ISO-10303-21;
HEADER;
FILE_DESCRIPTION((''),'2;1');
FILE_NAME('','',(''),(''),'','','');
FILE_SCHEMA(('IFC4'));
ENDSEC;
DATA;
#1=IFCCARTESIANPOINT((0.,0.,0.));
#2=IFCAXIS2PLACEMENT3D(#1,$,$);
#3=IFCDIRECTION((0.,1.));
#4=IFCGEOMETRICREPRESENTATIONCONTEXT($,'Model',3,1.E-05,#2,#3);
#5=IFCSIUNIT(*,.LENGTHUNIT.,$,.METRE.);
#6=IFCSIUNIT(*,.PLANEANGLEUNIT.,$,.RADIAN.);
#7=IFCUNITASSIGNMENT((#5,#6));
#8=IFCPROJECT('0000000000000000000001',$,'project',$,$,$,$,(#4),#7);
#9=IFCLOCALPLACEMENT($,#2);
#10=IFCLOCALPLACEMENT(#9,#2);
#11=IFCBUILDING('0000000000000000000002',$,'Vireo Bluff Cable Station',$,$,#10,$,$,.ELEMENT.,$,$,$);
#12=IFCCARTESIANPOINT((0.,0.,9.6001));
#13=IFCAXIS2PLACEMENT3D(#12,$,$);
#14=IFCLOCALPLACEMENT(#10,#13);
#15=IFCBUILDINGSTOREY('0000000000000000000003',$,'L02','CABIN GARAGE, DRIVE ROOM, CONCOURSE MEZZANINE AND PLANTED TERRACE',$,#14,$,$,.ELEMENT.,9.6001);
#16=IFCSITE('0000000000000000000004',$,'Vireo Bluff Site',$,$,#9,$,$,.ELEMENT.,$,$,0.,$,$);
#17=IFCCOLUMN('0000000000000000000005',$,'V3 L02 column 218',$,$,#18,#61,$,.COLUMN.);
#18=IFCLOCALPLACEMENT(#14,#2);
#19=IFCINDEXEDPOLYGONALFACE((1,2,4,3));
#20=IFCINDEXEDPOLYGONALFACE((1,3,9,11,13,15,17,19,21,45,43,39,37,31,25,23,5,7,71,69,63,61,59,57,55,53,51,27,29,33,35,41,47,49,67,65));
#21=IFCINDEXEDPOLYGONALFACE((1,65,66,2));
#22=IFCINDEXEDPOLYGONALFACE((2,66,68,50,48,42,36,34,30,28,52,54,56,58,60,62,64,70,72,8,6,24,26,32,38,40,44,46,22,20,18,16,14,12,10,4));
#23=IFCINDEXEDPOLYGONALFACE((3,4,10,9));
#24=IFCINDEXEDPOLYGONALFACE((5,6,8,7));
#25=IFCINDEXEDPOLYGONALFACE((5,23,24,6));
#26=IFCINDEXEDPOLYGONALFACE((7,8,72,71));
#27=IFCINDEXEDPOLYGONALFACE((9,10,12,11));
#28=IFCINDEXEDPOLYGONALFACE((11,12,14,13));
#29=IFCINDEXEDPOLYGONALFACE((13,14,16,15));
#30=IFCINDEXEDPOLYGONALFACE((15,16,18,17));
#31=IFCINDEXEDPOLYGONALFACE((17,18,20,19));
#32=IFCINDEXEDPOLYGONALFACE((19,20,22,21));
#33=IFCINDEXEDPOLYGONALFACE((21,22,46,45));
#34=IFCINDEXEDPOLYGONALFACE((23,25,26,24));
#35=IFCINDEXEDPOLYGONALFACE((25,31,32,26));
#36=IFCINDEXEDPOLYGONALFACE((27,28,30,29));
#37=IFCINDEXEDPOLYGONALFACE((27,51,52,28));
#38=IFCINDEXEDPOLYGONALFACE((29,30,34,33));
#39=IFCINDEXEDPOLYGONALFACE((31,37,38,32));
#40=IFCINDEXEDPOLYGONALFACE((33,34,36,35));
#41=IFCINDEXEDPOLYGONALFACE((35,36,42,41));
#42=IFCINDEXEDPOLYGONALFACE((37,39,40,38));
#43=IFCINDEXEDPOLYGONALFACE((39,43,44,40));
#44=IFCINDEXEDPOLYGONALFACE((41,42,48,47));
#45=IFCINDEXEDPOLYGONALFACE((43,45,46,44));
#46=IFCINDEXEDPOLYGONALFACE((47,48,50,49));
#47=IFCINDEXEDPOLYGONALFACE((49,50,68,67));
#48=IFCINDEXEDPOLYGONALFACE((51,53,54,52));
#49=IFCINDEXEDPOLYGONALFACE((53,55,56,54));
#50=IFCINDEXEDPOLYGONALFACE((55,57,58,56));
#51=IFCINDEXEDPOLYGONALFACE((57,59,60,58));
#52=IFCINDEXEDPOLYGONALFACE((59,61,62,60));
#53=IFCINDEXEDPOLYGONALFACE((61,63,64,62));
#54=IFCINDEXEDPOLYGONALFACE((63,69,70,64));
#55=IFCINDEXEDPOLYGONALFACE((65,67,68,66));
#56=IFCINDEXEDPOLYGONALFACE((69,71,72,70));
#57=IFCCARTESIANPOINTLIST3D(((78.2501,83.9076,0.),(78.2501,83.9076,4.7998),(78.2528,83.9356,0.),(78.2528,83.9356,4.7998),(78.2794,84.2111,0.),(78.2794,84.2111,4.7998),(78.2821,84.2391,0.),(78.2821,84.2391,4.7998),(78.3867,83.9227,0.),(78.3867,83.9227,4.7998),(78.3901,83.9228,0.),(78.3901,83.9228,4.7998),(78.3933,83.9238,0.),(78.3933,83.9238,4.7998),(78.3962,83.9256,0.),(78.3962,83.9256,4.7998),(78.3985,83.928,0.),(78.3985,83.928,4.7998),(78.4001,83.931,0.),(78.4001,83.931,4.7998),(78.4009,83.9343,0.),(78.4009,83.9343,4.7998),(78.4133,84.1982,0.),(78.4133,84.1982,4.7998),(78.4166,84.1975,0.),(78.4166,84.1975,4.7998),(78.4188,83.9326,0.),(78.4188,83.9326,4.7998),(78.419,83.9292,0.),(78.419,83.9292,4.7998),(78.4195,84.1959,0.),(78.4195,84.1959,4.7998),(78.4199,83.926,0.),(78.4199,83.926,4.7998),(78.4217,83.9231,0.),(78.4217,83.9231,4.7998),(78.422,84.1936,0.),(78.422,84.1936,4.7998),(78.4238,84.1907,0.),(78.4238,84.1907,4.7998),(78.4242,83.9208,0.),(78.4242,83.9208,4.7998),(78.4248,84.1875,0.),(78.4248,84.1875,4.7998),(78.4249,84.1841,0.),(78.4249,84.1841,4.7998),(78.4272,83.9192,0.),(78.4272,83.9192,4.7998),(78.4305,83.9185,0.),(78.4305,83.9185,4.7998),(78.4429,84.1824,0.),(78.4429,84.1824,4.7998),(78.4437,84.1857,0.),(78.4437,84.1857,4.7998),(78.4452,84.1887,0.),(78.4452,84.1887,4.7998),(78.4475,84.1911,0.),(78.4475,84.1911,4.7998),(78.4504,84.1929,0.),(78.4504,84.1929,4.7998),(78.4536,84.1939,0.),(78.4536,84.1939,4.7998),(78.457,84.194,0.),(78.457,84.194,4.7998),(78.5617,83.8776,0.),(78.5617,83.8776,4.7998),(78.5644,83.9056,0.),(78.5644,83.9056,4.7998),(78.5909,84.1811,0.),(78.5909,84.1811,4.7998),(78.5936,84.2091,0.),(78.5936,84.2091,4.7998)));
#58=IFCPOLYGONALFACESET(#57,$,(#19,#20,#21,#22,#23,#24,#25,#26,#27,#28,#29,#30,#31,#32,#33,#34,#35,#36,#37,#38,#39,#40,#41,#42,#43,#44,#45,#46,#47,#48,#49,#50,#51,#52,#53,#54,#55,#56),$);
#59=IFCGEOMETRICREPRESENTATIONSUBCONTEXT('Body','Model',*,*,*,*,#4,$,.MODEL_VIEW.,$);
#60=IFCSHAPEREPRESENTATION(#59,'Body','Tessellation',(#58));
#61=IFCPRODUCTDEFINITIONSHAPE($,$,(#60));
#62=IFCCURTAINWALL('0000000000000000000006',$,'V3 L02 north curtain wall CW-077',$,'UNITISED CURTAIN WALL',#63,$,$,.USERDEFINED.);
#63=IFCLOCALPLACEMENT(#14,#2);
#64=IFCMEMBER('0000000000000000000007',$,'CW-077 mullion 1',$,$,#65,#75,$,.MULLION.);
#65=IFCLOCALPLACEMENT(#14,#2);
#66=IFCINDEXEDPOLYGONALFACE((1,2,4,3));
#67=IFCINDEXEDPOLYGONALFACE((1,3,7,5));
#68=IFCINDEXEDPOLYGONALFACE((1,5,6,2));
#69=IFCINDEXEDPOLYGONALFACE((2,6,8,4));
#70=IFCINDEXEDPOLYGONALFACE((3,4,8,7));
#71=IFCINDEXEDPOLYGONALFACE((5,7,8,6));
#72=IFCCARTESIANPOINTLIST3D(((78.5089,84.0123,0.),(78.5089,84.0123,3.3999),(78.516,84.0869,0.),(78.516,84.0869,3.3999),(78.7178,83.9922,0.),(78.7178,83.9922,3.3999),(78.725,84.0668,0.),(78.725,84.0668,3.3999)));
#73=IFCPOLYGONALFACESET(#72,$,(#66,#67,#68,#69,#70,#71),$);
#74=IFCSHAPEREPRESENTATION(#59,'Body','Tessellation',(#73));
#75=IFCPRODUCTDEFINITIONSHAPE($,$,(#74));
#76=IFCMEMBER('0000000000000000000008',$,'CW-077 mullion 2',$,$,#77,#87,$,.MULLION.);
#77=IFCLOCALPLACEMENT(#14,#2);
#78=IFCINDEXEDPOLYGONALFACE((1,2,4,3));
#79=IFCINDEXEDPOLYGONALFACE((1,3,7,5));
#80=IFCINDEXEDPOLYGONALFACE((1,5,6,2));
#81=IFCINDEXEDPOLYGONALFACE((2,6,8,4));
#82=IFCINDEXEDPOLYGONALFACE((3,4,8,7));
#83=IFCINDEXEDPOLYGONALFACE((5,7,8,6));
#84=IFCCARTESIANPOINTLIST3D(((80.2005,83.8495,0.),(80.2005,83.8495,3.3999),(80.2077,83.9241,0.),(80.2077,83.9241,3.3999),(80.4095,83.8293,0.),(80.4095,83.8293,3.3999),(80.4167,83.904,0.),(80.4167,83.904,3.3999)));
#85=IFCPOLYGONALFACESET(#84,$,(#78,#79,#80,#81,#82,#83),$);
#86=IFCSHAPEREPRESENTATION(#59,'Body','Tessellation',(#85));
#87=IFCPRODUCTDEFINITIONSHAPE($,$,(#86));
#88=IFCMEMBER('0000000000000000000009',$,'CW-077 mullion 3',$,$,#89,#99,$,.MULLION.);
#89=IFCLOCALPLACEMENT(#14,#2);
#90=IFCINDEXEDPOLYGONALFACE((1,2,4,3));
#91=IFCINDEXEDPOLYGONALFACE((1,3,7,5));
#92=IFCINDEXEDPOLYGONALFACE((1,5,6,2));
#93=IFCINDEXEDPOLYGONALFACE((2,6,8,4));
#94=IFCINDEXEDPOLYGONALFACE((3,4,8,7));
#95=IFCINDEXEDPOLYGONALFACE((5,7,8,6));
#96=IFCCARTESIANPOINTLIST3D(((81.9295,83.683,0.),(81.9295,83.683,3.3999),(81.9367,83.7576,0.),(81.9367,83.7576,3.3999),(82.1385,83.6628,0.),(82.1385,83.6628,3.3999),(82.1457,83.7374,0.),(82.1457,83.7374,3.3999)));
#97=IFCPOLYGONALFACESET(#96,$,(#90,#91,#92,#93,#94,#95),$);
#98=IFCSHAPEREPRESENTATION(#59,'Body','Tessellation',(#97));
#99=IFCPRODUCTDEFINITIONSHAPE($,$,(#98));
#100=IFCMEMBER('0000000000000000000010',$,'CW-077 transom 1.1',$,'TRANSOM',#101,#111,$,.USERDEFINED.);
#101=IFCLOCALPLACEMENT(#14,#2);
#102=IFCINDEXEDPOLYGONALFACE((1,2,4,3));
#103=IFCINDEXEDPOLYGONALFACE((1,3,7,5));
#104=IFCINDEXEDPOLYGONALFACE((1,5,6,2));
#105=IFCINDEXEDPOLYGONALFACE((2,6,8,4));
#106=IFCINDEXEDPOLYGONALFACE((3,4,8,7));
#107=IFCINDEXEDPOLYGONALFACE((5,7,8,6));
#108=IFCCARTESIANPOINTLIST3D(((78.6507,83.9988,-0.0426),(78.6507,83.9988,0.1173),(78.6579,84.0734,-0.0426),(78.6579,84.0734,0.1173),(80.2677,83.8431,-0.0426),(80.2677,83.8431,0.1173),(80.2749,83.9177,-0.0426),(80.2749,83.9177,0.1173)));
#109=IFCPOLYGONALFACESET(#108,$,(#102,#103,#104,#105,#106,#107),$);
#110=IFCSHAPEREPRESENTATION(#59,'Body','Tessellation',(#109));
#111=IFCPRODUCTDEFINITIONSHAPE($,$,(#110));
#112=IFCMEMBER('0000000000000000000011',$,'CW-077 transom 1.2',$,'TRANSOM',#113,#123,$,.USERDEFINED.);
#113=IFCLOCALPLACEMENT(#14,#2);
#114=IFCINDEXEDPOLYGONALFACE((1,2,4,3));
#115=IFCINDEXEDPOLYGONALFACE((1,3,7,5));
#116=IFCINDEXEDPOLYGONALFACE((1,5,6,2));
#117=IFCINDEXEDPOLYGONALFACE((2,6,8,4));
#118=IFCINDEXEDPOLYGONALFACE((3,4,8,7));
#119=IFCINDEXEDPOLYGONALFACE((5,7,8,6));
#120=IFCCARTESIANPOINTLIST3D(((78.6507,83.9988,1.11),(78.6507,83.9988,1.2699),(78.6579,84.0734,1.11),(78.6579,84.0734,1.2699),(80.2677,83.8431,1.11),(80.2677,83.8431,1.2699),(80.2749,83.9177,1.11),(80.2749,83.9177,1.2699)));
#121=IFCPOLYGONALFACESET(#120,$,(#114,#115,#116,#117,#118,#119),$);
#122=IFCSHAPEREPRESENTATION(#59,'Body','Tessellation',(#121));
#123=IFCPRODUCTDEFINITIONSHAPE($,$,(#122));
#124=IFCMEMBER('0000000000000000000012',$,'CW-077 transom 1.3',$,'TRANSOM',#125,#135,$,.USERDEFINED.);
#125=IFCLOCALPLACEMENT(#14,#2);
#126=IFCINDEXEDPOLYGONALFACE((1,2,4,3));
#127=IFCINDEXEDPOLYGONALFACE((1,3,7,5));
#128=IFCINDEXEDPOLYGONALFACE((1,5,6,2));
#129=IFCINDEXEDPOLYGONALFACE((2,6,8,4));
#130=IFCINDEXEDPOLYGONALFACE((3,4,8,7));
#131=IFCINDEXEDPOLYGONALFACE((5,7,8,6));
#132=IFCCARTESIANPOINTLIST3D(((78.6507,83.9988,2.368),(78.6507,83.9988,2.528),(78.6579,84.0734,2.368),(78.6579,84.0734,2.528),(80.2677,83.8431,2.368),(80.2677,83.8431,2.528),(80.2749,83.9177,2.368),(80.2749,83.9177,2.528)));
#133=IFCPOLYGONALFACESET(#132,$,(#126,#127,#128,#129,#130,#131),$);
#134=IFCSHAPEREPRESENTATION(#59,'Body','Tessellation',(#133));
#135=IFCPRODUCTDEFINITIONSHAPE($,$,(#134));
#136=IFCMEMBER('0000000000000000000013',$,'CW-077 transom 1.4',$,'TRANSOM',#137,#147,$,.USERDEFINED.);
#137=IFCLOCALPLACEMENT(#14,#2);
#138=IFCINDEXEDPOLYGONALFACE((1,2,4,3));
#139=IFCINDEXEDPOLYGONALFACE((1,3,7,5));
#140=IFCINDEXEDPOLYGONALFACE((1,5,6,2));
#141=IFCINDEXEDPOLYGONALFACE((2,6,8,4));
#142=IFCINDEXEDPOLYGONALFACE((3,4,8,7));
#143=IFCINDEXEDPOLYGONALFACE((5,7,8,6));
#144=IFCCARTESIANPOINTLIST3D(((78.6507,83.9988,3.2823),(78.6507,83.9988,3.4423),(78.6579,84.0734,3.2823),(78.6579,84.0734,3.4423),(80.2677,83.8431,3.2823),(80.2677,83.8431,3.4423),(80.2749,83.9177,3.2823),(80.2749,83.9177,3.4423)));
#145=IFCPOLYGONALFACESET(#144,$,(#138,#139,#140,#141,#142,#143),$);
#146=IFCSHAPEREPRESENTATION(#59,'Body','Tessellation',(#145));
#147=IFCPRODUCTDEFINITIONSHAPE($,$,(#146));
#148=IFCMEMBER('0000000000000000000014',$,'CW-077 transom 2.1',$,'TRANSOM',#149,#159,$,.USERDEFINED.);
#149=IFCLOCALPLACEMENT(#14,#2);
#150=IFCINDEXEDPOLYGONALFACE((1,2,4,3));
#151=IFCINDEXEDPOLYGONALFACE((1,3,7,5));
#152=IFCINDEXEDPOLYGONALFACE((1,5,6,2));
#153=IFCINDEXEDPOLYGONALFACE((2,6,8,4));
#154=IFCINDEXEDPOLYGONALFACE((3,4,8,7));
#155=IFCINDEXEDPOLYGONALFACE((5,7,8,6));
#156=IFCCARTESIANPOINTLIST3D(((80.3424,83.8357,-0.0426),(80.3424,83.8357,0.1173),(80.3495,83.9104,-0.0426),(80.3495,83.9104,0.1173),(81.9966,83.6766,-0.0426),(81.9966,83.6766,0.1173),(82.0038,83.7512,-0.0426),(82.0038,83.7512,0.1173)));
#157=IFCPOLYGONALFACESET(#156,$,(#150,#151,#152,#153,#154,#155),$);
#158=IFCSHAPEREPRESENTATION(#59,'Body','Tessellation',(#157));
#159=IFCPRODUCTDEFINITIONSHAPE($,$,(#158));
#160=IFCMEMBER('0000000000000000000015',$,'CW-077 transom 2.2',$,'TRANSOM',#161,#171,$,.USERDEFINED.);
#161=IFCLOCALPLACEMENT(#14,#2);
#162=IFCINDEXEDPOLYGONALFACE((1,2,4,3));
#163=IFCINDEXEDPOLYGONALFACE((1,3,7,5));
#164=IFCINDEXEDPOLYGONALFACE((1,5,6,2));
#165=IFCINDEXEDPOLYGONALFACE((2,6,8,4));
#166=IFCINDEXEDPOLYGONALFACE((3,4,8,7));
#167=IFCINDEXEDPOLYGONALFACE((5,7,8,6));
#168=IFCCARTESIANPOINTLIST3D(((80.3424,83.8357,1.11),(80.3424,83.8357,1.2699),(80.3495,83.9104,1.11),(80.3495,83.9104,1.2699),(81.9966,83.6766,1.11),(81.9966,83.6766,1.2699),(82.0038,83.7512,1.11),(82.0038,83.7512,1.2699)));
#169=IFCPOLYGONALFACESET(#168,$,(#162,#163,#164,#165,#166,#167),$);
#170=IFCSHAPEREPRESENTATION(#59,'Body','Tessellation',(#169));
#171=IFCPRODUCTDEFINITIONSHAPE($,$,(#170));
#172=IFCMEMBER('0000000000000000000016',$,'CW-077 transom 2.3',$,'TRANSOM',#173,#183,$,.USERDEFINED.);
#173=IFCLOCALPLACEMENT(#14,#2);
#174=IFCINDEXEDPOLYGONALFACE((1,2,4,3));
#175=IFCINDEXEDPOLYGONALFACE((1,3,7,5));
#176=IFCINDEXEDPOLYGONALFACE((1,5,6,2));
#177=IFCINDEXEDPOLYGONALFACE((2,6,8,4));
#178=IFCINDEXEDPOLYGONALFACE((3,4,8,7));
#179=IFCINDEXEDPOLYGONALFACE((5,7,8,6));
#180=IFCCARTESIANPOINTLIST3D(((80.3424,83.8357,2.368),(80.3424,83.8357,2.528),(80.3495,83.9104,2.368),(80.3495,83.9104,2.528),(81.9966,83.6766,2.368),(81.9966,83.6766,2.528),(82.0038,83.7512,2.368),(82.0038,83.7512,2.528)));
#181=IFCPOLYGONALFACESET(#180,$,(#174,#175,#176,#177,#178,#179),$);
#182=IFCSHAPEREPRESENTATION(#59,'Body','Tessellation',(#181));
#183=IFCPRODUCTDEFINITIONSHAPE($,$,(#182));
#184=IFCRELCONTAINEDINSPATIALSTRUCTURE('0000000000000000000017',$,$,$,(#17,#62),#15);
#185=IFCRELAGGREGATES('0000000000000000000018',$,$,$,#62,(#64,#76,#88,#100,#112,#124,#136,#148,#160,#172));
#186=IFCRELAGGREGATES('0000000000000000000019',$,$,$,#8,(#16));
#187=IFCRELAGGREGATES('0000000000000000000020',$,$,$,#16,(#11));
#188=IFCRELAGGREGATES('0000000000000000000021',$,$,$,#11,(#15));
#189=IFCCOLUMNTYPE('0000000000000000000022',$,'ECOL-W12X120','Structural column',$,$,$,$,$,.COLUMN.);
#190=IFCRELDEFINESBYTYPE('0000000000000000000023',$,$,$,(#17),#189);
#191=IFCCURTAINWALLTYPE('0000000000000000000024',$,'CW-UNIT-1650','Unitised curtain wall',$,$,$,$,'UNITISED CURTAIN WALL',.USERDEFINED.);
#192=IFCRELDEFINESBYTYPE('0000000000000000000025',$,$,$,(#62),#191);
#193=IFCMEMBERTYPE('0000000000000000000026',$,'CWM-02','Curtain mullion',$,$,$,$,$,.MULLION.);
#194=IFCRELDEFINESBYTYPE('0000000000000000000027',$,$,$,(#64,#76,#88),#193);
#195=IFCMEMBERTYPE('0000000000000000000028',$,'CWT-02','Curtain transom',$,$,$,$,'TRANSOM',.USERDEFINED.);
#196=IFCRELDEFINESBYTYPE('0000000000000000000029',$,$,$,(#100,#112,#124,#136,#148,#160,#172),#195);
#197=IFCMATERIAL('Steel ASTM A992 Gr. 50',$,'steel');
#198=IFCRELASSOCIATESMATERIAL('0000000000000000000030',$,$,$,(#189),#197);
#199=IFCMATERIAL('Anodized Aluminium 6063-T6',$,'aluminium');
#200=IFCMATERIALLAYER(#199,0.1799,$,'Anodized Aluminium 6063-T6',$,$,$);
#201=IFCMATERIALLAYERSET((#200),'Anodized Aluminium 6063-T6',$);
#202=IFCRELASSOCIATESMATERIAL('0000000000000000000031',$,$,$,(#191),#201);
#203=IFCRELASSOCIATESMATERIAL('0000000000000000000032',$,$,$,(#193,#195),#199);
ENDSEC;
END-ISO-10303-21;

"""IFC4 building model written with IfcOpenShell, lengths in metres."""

from ifc_helpers import new_model, si_unit, direction, frame, origin, origin_2d, place, context, subcontext, project, spatial, rectangle, i_section, extrude, material, layer, layer_set, material_profile, profile_set, type_object, element, aggregate, save


model = new_model("IFC4")

# Units and contexts
model_context = context("Model", 3, precision=1e-05, world=origin(), true_north=direction((0.0, 1.0)))
body_context = subcontext(model_context, "Body", "Model", "MODEL_VIEW")
ifc_project = project(units=[si_unit("LENGTHUNIT", "METRE"), si_unit("PLANEANGLEUNIT", "RADIAN")], contexts=[model_context])

# Site, building, storey
site_placement = place(None, origin())
site = spatial("IfcSite", under=ifc_project, at=site_placement, Name="Vireo Bluff Site", CompositionType="ELEMENT", RefElevation=0.0)
building_placement = place(site_placement, origin())
building = spatial("IfcBuilding", under=site, at=building_placement, Name="Vireo Bluff Cable Station", CompositionType="ELEMENT")
storey_placement = place(building_placement, frame((0.0, 0.0, 9.6001)))
storey = spatial("IfcBuildingStorey", under=building, at=storey_placement, Name="L02", Description="CABIN GARAGE, DRIVE ROOM, CONCOURSE MEZZANINE AND PLANTED TERRACE", CompositionType="ELEMENT", Elevation=9.6001)

# Column
ifc_material_1 = material(Name="Steel ASTM A992 Gr. 50", Category="steel")
ifc_material_profile_1 = material_profile(ifc_material_1, i_section(OverallWidth=0.313, OverallDepth=0.333, WebThickness=0.0181, FlangeThickness=0.0281, FilletRadius=0.0129, at=origin_2d()), Name="W12X120")
ifc_profile_set_1 = profile_set([ifc_material_profile_1], Name="Steel ASTM A992 Gr. 50")
column_type = type_object("IfcColumnType", Name="ECOL-W12X120", Description="Structural column", PredefinedType="COLUMN", material=ifc_profile_set_1)
column_placement = place(storey_placement, frame((78.4219, 84.0583, 0.0), z_axis=(0.0, 0.0, 1.0), x_axis=(0.995396, -0.095846, 0.0)))
element("IfcColumn", 1, at=column_placement, inside=storey, type_object=column_type, Name="V3 L02 column 218", PredefinedType="COLUMN", context=body_context, shape_type="SweptSolid", body=[
    extrude(i_section(OverallWidth=0.313, OverallDepth=0.333, WebThickness=0.0181, FlangeThickness=0.0281, FilletRadius=0.0129, at=origin_2d()), origin(), (0.0, 0.0, 1.0), 4.7998),
])

# Curtain wall, members
ifc_material_2 = material(Name="Anodized Aluminium 6063-T6", Category="aluminium")
ifc_layer_1 = layer(ifc_material_2, 0.1799, Name="Anodized Aluminium 6063-T6")
ifc_layer_set_1 = layer_set([ifc_layer_1], Name="Anodized Aluminium 6063-T6")
curtain_wall_type = type_object("IfcCurtainWallType", Name="CW-UNIT-1650", Description="Unitised curtain wall", ElementType="UNITISED CURTAIN WALL", PredefinedType="USERDEFINED", material=ifc_layer_set_1)
curtain_wall_placement = place(storey_placement, origin())
curtain_wall = element("IfcCurtainWall", 2, at=curtain_wall_placement, inside=storey, type_object=curtain_wall_type, Name="V3 L02 north curtain wall CW-077", ObjectType="UNITISED CURTAIN WALL", PredefinedType="USERDEFINED")
ifc_material_profile_2 = material_profile(ifc_material_2, rectangle(XDim=0.075, YDim=0.21, at=origin_2d()), Name="ALU-M-75X210")
ifc_profile_set_2 = profile_set([ifc_material_profile_2], Name="Anodized Aluminium 6063-T6")
member_type_1 = type_object("IfcMemberType", Name="CWM-02", Description="Curtain mullion", PredefinedType="MULLION", material=ifc_profile_set_2)
member_1_placement = place(storey_placement, frame((78.6169, 84.0396, 0.0), z_axis=(0.0, 0.0, 1.0), x_axis=(0.095846, 0.995396, 0.0)))
member_1 = element("IfcMember", 3, at=member_1_placement, type_object=member_type_1, Name="CW-077 mullion 1", PredefinedType="MULLION", context=body_context, shape_type="SweptSolid", body=[
    extrude(rectangle(XDim=0.075, YDim=0.21, at=origin_2d()), origin(), (0.0, 0.0, 1.0), 3.3999),
])
member_2_placement = place(storey_placement, frame((80.3086, 83.8767, 0.0), z_axis=(0.0, 0.0, 1.0), x_axis=(0.095846, 0.995396, 0.0)))
member_2 = element("IfcMember", 4, at=member_2_placement, type_object=member_type_1, Name="CW-077 mullion 2", PredefinedType="MULLION", context=body_context, shape_type="SweptSolid", body=[
    extrude(rectangle(XDim=0.075, YDim=0.21, at=origin_2d()), origin(), (0.0, 0.0, 1.0), 3.3999),
])
member_3_placement = place(storey_placement, frame((82.0376, 83.7102, 0.0), z_axis=(0.0, 0.0, 1.0), x_axis=(0.095846, 0.995396, 0.0)))
member_3 = element("IfcMember", 5, at=member_3_placement, type_object=member_type_1, Name="CW-077 mullion 3", PredefinedType="MULLION", context=body_context, shape_type="SweptSolid", body=[
    extrude(rectangle(XDim=0.075, YDim=0.21, at=origin_2d()), origin(), (0.0, 0.0, 1.0), 3.3999),
])
ifc_material_profile_3 = material_profile(ifc_material_2, rectangle(XDim=0.075, YDim=0.1599, at=origin_2d()), Name="ALU-T-75X160")
ifc_profile_set_3 = profile_set([ifc_material_profile_3], Name="Anodized Aluminium 6063-T6")
member_type_2 = type_object("IfcMemberType", Name="CWT-02", Description="Curtain transom", ElementType="TRANSOM", PredefinedType="USERDEFINED", material=ifc_profile_set_3)
member_4_placement = place(storey_placement, frame((78.6543, 84.0361, 0.0374), z_axis=(0.995392, -0.095887, 0.0), x_axis=(0.095887, 0.995392, 0.0)))
member_4 = element("IfcMember", 6, at=member_4_placement, type_object=member_type_2, Name="CW-077 transom 1.1", ObjectType="TRANSOM", PredefinedType="USERDEFINED", context=body_context, shape_type="SweptSolid", body=[
    extrude(rectangle(XDim=0.075, YDim=0.1599, at=origin_2d()), origin(), (0.0, 0.0, 1.0), 1.6245),
])
member_5_placement = place(storey_placement, frame((78.6543, 84.0361, 1.1899), z_axis=(0.995392, -0.095887, 0.0), x_axis=(0.095887, 0.995392, 0.0)))
member_5 = element("IfcMember", 7, at=member_5_placement, type_object=member_type_2, Name="CW-077 transom 1.2", ObjectType="TRANSOM", PredefinedType="USERDEFINED", context=body_context, shape_type="SweptSolid", body=[
    extrude(rectangle(XDim=0.075, YDim=0.1599, at=origin_2d()), origin(), (0.0, 0.0, 1.0), 1.6245),
])
member_6_placement = place(storey_placement, frame((78.6543, 84.0361, 2.448), z_axis=(0.995392, -0.095887, 0.0), x_axis=(0.095887, 0.995392, 0.0)))
member_6 = element("IfcMember", 8, at=member_6_placement, type_object=member_type_2, Name="CW-077 transom 1.3", ObjectType="TRANSOM", PredefinedType="USERDEFINED", context=body_context, shape_type="SweptSolid", body=[
    extrude(rectangle(XDim=0.075, YDim=0.1599, at=origin_2d()), origin(), (0.0, 0.0, 1.0), 1.6245),
])
member_7_placement = place(storey_placement, frame((78.6543, 84.0361, 3.3623), z_axis=(0.995392, -0.095887, 0.0), x_axis=(0.095887, 0.995392, 0.0)))
member_7 = element("IfcMember", 9, at=member_7_placement, type_object=member_type_2, Name="CW-077 transom 1.4", ObjectType="TRANSOM", PredefinedType="USERDEFINED", context=body_context, shape_type="SweptSolid", body=[
    extrude(rectangle(XDim=0.075, YDim=0.1599, at=origin_2d()), origin(), (0.0, 0.0, 1.0), 1.6245),
])
member_8_placement = place(storey_placement, frame((80.3459, 83.873, 0.0374), z_axis=(0.995403, -0.09578, 0.0), x_axis=(0.09578, 0.995403, 0.0)))
member_8 = element("IfcMember", 10, at=member_8_placement, type_object=member_type_2, Name="CW-077 transom 2.1", ObjectType="TRANSOM", PredefinedType="USERDEFINED", context=body_context, shape_type="SweptSolid", body=[
    extrude(rectangle(XDim=0.075, YDim=0.1599, at=origin_2d()), origin(), (0.0, 0.0, 1.0), 1.6619),
])
member_9_placement = place(storey_placement, frame((80.3459, 83.873, 1.1899), z_axis=(0.995403, -0.09578, 0.0), x_axis=(0.09578, 0.995403, 0.0)))
member_9 = element("IfcMember", 11, at=member_9_placement, type_object=member_type_2, Name="CW-077 transom 2.2", ObjectType="TRANSOM", PredefinedType="USERDEFINED", context=body_context, shape_type="SweptSolid", body=[
    extrude(rectangle(XDim=0.075, YDim=0.1599, at=origin_2d()), origin(), (0.0, 0.0, 1.0), 1.6619),
])
member_10_placement = place(storey_placement, frame((80.3459, 83.873, 2.448), z_axis=(0.995403, -0.09578, 0.0), x_axis=(0.09578, 0.995403, 0.0)))
member_10 = element("IfcMember", 12, at=member_10_placement, type_object=member_type_2, Name="CW-077 transom 2.3", ObjectType="TRANSOM", PredefinedType="USERDEFINED", context=body_context, shape_type="SweptSolid", body=[
    extrude(rectangle(XDim=0.075, YDim=0.1599, at=origin_2d()), origin(), (0.0, 0.0, 1.0), 1.6619),
])

aggregate(curtain_wall, [member_1, member_2, member_3, member_4, member_5, member_6, member_7, member_8, member_9, member_10])

save(model, "model.ifc")
